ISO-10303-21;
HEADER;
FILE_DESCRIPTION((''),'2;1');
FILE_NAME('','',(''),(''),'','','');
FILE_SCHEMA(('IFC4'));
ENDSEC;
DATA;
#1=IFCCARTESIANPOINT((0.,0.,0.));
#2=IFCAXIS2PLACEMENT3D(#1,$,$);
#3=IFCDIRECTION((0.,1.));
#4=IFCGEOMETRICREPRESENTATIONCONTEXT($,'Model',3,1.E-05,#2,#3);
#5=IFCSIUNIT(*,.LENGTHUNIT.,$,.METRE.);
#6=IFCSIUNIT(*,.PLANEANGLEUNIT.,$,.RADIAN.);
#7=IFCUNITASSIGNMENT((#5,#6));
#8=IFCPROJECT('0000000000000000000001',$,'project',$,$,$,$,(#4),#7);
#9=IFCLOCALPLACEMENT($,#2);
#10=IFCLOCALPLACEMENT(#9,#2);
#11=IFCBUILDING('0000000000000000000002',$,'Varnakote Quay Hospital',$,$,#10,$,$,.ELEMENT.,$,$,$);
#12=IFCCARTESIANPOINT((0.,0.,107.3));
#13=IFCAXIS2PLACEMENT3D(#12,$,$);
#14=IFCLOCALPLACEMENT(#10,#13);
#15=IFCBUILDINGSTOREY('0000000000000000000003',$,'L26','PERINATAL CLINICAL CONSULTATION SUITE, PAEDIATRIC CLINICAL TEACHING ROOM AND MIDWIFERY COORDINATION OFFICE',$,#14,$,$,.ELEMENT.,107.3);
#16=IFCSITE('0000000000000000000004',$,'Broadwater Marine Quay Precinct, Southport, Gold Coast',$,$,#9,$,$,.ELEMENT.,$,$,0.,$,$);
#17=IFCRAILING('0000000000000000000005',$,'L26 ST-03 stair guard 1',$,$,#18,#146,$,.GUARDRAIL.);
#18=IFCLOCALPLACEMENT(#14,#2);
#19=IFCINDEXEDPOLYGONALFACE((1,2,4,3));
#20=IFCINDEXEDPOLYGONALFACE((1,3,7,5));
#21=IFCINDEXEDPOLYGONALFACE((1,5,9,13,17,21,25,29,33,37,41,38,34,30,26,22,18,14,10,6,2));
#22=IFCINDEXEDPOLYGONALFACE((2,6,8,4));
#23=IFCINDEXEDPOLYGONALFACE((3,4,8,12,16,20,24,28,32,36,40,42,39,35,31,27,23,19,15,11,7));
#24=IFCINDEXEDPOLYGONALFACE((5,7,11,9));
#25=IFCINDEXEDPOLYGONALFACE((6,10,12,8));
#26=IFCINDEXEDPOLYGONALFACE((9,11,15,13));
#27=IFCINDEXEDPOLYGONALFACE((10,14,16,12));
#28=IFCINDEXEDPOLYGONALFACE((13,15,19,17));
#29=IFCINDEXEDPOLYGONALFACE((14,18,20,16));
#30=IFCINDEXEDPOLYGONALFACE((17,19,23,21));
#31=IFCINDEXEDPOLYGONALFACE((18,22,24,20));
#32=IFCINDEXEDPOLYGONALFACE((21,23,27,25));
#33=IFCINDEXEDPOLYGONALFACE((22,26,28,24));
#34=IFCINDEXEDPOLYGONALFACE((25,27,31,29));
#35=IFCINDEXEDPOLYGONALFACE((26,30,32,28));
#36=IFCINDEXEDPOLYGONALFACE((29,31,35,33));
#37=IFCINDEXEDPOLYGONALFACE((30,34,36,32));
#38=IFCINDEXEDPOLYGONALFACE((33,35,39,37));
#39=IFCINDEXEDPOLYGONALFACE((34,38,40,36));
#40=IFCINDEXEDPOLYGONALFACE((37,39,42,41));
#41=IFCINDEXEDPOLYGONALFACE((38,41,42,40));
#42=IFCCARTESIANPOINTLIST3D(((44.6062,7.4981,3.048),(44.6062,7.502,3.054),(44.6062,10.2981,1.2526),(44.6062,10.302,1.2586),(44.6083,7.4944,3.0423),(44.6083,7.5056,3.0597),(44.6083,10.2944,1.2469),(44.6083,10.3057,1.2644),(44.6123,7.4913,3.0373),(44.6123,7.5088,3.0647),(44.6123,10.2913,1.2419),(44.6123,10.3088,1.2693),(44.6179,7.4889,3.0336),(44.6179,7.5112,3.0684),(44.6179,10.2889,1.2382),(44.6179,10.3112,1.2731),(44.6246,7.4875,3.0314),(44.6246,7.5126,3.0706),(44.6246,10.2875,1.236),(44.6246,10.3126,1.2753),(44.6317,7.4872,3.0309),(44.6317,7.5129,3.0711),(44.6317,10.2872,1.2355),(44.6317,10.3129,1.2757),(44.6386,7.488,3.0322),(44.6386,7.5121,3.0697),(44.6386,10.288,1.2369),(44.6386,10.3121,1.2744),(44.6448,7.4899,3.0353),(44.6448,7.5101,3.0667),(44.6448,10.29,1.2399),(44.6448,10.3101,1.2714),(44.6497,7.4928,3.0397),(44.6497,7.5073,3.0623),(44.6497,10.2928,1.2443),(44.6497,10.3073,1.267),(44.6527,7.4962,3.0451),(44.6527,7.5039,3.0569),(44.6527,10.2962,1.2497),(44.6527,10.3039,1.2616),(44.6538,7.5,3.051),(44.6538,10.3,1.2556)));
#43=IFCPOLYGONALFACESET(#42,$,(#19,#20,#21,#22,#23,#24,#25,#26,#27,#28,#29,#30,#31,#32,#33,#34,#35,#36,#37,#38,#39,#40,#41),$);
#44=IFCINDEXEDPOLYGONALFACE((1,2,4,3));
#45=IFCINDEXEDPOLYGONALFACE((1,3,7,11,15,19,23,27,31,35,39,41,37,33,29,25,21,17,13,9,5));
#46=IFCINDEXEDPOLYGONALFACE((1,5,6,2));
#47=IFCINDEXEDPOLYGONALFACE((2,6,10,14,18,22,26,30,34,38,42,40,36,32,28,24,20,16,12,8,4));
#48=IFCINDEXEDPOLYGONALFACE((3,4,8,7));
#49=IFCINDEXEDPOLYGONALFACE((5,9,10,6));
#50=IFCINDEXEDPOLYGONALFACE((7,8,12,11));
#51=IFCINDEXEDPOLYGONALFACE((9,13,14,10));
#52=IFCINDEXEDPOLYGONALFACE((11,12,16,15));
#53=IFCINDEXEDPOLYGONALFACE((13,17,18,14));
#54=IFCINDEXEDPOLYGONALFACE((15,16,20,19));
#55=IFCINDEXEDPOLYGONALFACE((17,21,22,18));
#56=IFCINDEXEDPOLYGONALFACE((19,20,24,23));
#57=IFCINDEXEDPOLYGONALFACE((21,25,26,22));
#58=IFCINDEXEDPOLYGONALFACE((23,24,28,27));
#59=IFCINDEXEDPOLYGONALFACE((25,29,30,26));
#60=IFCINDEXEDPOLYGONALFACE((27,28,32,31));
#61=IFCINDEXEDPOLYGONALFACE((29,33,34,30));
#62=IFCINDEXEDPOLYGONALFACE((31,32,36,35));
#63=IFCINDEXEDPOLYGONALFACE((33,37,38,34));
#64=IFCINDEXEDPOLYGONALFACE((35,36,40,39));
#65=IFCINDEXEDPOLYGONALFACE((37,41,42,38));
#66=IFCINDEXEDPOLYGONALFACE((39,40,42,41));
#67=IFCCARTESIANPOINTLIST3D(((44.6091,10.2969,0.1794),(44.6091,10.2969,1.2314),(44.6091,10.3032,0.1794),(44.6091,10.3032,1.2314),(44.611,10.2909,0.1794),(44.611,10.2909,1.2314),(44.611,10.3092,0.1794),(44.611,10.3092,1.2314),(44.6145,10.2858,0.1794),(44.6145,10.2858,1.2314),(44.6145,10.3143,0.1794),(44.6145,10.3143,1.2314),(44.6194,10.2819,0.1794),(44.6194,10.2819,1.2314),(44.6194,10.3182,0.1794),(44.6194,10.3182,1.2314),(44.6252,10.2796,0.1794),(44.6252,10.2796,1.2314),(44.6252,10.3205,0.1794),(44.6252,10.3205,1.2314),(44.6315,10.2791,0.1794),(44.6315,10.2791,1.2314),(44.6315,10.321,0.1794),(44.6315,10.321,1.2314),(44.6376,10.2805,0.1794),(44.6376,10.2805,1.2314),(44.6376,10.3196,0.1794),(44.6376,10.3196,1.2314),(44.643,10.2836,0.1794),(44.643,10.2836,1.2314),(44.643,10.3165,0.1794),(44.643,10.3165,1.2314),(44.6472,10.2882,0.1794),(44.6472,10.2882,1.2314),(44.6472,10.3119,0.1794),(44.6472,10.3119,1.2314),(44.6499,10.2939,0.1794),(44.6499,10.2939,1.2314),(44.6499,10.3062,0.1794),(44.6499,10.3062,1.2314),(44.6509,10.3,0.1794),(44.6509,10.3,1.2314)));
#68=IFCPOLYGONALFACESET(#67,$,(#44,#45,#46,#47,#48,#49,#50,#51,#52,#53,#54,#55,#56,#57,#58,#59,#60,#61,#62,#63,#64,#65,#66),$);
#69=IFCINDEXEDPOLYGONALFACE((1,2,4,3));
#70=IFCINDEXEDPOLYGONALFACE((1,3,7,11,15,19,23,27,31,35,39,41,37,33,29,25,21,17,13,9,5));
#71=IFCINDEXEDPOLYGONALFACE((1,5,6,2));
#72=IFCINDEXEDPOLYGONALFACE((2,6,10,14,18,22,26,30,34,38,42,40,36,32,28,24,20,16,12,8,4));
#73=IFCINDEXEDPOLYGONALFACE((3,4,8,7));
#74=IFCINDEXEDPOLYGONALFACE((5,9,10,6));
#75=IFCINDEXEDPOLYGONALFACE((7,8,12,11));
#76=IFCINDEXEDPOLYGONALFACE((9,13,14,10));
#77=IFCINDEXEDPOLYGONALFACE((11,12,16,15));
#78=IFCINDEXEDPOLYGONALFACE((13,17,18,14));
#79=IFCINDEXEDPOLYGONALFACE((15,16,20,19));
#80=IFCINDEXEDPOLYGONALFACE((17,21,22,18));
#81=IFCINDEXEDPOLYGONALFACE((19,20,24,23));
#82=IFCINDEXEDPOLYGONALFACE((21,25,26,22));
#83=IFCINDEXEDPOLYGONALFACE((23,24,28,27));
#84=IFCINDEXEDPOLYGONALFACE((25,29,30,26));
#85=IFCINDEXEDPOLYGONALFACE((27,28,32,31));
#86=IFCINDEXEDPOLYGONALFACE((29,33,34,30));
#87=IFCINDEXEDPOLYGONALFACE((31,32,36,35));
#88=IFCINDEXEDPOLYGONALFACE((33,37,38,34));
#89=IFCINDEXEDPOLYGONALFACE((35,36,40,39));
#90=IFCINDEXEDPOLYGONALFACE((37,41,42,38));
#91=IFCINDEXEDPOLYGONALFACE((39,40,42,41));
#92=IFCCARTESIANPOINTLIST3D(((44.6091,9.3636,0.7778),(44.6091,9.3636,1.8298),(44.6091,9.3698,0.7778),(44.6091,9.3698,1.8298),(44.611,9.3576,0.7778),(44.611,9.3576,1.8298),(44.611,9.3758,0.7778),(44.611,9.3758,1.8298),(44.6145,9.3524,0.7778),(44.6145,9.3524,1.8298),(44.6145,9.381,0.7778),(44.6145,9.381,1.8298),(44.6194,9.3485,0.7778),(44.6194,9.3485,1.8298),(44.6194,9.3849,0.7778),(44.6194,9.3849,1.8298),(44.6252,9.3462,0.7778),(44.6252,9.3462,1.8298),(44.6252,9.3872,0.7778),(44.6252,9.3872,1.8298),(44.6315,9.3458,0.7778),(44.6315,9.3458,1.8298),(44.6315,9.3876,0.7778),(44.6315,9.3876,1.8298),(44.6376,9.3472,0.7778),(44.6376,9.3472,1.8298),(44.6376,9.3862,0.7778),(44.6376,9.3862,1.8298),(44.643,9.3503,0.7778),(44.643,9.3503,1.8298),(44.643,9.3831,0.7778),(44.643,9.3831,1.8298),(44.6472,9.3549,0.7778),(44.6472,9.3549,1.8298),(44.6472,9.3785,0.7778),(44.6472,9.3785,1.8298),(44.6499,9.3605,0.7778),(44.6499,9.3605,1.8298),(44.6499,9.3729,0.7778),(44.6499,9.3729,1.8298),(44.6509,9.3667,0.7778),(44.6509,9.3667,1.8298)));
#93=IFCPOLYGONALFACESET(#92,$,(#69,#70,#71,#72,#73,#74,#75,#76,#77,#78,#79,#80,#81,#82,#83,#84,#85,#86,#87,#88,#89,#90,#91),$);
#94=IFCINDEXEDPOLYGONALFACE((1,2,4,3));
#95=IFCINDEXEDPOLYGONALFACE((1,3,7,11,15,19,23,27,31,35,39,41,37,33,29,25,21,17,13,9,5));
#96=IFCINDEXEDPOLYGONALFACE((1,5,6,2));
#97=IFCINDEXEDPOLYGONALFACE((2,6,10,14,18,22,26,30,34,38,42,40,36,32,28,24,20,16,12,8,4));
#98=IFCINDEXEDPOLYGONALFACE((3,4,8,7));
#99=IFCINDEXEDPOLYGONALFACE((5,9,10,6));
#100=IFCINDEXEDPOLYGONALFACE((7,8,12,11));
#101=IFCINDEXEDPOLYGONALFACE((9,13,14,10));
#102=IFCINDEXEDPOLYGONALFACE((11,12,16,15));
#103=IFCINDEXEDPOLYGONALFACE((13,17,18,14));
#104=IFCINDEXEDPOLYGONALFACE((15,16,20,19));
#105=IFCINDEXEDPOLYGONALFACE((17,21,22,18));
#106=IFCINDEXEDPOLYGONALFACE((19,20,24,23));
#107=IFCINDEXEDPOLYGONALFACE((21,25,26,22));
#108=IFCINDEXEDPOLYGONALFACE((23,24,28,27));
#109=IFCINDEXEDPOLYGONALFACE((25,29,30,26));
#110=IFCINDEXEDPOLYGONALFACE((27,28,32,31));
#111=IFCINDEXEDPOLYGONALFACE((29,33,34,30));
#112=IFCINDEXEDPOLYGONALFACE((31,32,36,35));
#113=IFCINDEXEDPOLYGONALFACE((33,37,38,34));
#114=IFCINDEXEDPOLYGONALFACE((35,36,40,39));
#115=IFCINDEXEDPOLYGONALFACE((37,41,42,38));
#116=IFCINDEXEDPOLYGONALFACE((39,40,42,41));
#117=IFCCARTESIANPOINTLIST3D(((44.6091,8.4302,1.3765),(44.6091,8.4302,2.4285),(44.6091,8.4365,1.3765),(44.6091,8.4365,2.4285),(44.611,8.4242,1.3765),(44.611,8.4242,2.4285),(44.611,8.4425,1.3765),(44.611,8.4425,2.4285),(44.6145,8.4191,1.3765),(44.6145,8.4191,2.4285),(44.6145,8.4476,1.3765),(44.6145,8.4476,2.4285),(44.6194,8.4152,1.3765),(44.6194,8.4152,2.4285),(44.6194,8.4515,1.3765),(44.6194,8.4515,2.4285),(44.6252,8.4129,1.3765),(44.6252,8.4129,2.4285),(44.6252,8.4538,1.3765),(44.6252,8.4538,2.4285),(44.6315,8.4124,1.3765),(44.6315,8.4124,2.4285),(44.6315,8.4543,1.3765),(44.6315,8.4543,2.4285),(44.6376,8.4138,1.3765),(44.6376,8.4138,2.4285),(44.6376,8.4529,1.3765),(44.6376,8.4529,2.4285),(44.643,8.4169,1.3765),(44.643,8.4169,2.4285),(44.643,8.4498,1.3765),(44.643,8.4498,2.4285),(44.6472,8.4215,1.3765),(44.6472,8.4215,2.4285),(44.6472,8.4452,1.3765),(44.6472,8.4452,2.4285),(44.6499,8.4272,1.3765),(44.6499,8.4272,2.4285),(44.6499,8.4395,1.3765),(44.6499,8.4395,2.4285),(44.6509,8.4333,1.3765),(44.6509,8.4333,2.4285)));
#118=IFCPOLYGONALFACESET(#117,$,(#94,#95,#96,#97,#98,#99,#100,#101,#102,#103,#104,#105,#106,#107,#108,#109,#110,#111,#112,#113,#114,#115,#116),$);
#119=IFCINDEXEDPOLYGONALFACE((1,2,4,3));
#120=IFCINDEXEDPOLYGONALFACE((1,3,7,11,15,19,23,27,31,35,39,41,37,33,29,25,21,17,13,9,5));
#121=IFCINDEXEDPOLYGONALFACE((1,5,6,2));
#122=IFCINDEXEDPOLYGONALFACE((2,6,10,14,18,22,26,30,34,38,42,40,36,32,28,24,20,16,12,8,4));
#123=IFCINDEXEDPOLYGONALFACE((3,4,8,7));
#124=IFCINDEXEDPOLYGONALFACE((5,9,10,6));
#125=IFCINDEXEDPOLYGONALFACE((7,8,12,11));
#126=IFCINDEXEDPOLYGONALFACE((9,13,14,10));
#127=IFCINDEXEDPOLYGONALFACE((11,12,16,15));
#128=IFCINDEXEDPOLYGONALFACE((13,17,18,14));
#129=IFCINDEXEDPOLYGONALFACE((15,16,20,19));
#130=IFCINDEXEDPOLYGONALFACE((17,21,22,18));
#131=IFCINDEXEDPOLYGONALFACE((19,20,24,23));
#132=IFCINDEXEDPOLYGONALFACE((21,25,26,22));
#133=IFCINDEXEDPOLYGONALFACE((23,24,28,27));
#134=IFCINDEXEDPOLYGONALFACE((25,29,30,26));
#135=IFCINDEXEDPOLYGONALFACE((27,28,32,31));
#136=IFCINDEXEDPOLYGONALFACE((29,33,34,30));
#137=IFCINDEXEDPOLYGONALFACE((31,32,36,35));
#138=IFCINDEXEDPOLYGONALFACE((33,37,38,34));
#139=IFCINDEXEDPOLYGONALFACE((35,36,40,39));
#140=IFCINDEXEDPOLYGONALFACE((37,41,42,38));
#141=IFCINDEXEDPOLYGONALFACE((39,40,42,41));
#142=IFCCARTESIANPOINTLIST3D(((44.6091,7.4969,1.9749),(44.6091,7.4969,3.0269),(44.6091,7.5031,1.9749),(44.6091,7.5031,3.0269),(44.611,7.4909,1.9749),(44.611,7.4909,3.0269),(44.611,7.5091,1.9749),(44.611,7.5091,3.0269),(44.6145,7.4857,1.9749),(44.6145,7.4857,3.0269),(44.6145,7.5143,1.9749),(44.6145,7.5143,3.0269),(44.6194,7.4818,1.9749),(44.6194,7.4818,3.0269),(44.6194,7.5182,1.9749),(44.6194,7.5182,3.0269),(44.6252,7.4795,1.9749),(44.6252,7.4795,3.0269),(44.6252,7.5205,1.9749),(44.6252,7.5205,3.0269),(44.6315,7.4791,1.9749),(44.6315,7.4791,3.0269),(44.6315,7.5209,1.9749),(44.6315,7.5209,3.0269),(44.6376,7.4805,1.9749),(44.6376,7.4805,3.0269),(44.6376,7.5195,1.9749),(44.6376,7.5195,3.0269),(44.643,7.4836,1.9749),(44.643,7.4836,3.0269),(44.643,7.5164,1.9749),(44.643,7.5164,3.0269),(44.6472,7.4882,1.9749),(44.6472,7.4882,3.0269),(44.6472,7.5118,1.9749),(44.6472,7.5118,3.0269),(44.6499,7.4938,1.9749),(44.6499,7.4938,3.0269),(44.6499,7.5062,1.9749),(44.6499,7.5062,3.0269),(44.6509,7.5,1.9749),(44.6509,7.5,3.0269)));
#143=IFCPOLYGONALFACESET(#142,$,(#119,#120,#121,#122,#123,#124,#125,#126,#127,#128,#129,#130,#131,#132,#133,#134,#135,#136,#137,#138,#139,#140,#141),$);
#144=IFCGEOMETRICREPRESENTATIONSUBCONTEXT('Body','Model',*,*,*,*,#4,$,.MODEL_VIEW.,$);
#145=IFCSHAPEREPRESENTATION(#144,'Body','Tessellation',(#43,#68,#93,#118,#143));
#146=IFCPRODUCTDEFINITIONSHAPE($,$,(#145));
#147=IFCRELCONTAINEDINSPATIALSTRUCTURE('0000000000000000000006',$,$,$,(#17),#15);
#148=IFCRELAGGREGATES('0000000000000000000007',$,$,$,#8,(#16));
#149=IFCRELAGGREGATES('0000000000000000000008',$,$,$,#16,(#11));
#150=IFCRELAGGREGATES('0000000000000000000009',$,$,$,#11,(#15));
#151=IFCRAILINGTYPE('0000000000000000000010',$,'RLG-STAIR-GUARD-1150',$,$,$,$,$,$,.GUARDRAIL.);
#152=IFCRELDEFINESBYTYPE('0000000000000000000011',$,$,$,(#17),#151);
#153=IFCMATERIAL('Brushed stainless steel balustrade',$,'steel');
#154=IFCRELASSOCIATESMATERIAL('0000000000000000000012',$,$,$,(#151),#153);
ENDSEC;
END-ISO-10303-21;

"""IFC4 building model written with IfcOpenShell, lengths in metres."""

from ifc_helpers import new_model, si_unit, direction, frame, origin, origin_2d, place, context, subcontext, project, spatial, circle, extrude, material, type_object, element, save


model = new_model("IFC4")

# Units and contexts
model_context = context("Model", 3, precision=1e-05, world=origin(), true_north=direction((0.0, 1.0)))
body_context = subcontext(model_context, "Body", "Model", "MODEL_VIEW")
ifc_project = project(units=[si_unit("LENGTHUNIT", "METRE"), si_unit("PLANEANGLEUNIT", "RADIAN")], contexts=[model_context])

# Site, building, storey
site_placement = place(None, origin())
site = spatial("IfcSite", under=ifc_project, at=site_placement, Name="Broadwater Marine Quay Precinct, Southport, Gold Coast", CompositionType="ELEMENT", RefElevation=0.0)
building_placement = place(site_placement, origin())
building = spatial("IfcBuilding", under=site, at=building_placement, Name="Varnakote Quay Hospital", CompositionType="ELEMENT")
storey_placement = place(building_placement, frame((0.0, 0.0, 107.3)))
storey = spatial("IfcBuildingStorey", under=building, at=storey_placement, Name="L26", Description="PERINATAL CLINICAL CONSULTATION SUITE, PAEDIATRIC CLINICAL TEACHING ROOM AND MIDWIFERY COORDINATION OFFICE", CompositionType="ELEMENT", Elevation=107.3)

# Railing
ifc_material_1 = material(Name="Brushed stainless steel balustrade", Category="steel")
railing_type = type_object("IfcRailingType", Name="RLG-STAIR-GUARD-1150", PredefinedType="GUARDRAIL", material=ifc_material_1)
railing_1_placement = place(storey_placement, frame((44.6299, 10.3, 0.1794)))
element("IfcRailing", 1, at=railing_1_placement, inside=storey, type_object=railing_type, Name="L26 ST-03 stair guard 1", PredefinedType="GUARDRAIL", context=body_context, shape_type="SweptSolid", body=[
    extrude(circle(Radius=0.0239, at=origin_2d()), frame((0.0, 0.0, 1.0762), z_axis=(0.0, -0.84181, 0.539774), x_axis=(1.0, 0.0, 0.0)), (0.0, 0.0, 1.0), 3.3262),
    extrude(circle(Radius=0.021, at=origin_2d()), origin(), (0.0, 0.0, 1.0), 1.052),
    extrude(circle(Radius=0.021, at=origin_2d()), frame((0.0, -0.9333, 0.5984)), (0.0, 0.0, 1.0), 1.052),
    extrude(circle(Radius=0.021, at=origin_2d()), frame((0.0, -1.8667, 1.197)), (0.0, 0.0, 1.0), 1.052),
    extrude(circle(Radius=0.021, at=origin_2d()), frame((0.0, -2.8, 1.7954)), (0.0, 0.0, 1.0), 1.052),
])

save(model, "model.ifc")
